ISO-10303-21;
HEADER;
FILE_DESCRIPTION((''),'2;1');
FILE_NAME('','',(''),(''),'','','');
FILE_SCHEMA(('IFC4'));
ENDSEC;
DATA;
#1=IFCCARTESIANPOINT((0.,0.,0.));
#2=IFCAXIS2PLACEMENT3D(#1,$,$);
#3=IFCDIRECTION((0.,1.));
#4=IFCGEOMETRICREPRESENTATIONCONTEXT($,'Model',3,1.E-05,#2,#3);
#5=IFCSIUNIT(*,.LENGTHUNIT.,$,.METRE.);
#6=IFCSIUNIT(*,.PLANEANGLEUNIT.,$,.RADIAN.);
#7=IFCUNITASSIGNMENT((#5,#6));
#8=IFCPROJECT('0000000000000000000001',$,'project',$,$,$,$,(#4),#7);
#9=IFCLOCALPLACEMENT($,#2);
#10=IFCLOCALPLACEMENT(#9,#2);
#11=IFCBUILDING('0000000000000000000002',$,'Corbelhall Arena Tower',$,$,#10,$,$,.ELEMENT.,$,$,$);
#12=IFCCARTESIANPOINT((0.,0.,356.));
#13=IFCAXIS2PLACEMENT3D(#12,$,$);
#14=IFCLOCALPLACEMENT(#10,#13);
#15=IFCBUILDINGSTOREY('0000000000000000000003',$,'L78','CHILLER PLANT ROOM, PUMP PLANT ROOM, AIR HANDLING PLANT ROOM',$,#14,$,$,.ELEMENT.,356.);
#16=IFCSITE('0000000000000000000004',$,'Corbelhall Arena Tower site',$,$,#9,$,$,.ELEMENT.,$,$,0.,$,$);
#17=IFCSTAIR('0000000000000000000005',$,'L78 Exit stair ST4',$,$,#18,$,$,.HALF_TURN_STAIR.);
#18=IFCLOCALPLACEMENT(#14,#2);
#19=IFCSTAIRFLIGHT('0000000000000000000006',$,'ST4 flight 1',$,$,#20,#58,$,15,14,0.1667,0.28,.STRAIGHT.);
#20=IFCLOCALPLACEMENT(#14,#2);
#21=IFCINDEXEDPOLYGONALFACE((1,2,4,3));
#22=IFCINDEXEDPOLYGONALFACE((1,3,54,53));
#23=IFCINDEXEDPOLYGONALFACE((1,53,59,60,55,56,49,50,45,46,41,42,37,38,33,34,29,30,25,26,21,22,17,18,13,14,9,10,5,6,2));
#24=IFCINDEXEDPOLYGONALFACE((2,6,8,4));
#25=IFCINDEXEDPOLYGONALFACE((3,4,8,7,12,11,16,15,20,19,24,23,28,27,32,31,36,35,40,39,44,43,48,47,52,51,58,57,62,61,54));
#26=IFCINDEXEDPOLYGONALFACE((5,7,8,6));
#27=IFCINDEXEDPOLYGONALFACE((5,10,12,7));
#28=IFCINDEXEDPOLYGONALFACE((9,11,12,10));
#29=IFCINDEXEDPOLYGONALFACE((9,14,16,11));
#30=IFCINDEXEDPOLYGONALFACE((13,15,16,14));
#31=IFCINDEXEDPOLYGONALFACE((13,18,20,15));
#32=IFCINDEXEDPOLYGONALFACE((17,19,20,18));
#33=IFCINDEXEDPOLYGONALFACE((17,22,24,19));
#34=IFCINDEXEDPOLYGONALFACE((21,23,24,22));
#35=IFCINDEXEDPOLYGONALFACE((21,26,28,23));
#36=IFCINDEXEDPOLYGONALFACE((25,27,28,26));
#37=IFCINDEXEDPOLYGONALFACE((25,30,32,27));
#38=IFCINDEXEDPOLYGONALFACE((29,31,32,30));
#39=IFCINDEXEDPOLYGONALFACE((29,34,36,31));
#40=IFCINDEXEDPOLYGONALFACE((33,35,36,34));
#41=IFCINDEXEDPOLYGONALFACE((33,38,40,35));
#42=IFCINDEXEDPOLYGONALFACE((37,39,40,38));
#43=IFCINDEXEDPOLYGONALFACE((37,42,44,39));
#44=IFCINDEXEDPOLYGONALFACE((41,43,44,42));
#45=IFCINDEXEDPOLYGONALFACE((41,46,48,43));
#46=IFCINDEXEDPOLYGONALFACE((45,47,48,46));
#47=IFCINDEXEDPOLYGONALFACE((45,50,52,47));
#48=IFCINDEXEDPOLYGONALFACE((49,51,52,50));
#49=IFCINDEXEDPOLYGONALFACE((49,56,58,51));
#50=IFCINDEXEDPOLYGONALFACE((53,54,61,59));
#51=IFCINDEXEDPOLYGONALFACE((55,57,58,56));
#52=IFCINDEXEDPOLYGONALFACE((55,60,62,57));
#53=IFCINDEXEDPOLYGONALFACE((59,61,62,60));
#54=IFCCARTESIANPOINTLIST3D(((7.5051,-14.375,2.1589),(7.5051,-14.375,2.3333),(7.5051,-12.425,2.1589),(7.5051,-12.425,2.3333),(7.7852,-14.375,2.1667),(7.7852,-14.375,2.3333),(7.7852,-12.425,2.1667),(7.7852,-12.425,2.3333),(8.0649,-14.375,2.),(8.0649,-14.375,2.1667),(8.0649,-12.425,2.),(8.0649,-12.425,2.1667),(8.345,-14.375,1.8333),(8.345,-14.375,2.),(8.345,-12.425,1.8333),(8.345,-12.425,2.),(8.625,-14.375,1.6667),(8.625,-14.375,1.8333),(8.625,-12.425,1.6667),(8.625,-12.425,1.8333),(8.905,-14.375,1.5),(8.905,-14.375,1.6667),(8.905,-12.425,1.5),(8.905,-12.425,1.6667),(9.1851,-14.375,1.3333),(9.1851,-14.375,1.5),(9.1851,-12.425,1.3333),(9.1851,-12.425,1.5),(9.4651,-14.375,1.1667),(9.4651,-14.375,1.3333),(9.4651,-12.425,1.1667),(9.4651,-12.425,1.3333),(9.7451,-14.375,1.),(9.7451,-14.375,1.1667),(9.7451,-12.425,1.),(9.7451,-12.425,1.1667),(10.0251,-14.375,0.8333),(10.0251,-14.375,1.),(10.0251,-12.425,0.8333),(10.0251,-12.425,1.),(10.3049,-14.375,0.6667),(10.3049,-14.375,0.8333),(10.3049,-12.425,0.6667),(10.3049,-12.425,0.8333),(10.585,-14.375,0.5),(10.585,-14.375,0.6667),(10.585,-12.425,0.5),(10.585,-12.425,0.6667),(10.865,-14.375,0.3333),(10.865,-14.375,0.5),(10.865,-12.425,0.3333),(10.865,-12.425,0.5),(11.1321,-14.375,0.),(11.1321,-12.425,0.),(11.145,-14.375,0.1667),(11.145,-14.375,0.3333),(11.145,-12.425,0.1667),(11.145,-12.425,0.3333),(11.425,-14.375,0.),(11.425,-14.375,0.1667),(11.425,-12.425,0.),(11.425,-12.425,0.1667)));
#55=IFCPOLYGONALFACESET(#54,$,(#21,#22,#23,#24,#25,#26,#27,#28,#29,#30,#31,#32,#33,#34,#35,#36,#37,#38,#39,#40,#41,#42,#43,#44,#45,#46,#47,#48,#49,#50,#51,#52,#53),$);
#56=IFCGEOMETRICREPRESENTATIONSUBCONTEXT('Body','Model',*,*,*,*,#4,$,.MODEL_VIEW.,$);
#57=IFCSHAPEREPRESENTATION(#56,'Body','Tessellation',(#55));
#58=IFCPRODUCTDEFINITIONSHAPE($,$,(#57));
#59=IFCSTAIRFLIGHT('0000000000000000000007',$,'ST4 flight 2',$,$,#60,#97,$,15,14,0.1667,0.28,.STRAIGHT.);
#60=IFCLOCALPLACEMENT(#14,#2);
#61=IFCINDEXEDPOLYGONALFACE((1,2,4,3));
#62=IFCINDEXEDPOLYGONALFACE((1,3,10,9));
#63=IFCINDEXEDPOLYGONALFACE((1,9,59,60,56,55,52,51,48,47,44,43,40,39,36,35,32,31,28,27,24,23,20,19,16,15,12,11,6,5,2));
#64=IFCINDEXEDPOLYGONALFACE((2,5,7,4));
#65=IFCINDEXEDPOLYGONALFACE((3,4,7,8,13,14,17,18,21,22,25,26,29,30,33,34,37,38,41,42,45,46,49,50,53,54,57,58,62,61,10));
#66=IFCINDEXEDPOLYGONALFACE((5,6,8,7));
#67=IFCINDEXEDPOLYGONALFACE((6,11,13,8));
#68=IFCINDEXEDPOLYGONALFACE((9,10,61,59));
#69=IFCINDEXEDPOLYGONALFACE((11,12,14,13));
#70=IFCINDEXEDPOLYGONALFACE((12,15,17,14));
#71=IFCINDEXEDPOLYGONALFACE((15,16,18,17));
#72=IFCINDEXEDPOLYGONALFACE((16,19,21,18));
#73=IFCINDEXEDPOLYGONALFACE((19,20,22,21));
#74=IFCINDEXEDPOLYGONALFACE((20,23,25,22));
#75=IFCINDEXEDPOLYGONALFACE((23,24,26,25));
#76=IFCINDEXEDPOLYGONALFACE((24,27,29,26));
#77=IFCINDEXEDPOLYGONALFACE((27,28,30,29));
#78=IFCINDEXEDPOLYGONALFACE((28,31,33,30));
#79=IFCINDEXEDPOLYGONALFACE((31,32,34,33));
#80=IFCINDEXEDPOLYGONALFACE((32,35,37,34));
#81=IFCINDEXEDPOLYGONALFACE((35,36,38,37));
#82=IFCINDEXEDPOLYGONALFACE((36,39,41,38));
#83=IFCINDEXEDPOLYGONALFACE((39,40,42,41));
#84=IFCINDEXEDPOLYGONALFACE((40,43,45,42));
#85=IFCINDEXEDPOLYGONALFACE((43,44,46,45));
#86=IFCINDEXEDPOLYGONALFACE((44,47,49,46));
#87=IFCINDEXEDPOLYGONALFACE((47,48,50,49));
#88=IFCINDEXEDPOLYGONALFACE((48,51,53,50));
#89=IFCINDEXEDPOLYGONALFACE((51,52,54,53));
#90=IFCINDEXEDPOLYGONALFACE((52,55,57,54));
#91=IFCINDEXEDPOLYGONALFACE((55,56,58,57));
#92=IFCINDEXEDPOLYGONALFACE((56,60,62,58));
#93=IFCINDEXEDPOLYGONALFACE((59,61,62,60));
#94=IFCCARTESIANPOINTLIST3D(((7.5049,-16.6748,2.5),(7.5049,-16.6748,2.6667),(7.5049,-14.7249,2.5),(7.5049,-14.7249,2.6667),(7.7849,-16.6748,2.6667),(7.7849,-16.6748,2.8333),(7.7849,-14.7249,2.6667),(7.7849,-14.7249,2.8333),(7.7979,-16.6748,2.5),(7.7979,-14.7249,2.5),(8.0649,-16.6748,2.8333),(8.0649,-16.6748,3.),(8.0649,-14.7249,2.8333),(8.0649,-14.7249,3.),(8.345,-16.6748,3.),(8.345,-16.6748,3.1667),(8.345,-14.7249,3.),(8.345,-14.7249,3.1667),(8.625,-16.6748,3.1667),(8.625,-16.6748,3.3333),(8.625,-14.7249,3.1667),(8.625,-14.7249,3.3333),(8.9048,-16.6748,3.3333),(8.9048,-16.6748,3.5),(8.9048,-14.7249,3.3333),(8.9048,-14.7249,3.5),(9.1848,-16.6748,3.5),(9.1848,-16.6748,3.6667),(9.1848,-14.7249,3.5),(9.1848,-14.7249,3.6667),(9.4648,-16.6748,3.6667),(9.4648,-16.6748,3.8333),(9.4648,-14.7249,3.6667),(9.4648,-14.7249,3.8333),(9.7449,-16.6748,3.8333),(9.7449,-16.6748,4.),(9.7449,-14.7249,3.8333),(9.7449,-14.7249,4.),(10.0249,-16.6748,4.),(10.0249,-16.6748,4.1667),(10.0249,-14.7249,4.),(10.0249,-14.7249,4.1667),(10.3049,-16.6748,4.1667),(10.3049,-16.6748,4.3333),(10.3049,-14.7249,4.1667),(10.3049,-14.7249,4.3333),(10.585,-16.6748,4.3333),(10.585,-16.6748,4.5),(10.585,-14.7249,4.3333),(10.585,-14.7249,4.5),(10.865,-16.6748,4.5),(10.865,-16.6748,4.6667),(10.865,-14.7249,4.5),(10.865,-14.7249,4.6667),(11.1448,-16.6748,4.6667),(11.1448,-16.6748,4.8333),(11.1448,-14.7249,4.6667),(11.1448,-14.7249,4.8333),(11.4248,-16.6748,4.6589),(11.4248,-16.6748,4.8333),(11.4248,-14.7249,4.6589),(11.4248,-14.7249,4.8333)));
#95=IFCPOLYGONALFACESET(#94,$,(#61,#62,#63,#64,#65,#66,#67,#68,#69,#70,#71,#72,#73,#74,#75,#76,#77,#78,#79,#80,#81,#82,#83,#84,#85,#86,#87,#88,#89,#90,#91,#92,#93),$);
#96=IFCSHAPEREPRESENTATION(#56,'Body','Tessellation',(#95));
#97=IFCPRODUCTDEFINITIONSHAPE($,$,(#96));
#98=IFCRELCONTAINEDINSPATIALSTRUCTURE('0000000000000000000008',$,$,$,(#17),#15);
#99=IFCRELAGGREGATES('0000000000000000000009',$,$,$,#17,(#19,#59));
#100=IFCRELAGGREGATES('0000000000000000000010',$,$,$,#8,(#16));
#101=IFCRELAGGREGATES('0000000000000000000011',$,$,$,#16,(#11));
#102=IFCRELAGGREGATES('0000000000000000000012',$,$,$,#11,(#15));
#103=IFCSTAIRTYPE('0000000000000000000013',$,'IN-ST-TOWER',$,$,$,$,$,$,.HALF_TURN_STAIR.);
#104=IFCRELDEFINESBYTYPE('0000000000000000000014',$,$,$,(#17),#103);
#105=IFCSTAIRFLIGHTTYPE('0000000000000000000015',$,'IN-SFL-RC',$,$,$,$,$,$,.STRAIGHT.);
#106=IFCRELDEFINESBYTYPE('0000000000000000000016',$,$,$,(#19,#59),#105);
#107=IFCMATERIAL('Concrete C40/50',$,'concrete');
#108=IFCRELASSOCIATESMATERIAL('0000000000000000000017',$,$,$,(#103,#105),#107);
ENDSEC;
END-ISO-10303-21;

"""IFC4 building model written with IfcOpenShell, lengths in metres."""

from ifc_helpers import new_model, si_unit, direction, frame, origin, place, context, subcontext, project, spatial, polyline, outline, extrude, material, type_object, element, aggregate, save


model = new_model("IFC4")

# Units and contexts
model_context = context("Model", 3, precision=1e-05, world=origin(), true_north=direction((0.0, 1.0)))
body_context = subcontext(model_context, "Body", "Model", "MODEL_VIEW")
ifc_project = project(units=[si_unit("LENGTHUNIT", "METRE"), si_unit("PLANEANGLEUNIT", "RADIAN")], contexts=[model_context])

# Site, building, storey
site_placement = place(None, origin())
site = spatial("IfcSite", under=ifc_project, at=site_placement, Name="Corbelhall Arena Tower site", CompositionType="ELEMENT", RefElevation=0.0)
building_placement = place(site_placement, origin())
building = spatial("IfcBuilding", under=site, at=building_placement, Name="Corbelhall Arena Tower", CompositionType="ELEMENT")
storey_placement = place(building_placement, frame((0.0, 0.0, 356.0)))
storey = spatial("IfcBuildingStorey", under=building, at=storey_placement, Name="L78", Description="CHILLER PLANT ROOM, PUMP PLANT ROOM, AIR HANDLING PLANT ROOM", CompositionType="ELEMENT", Elevation=356.0)

# Shared definitions
ifc_material_1 = material(Name="Concrete C40/50", Category="concrete")

# Stair, stair flights
stair_type = type_object("IfcStairType", Name="IN-ST-TOWER", PredefinedType="HALF_TURN_STAIR", material=ifc_material_1)
stair_placement = place(storey_placement, origin())
stair = element("IfcStair", 1, at=stair_placement, inside=storey, type_object=stair_type, Name="L78 Exit stair ST4", PredefinedType="HALF_TURN_STAIR")
stair_flight_type = type_object("IfcStairFlightType", Name="IN-SFL-RC", PredefinedType="STRAIGHT", material=ifc_material_1)
stair_flight_1_placement = place(storey_placement, frame((11.425, -13.3999, 0.0), z_axis=(0.0, 0.0, 1.0), x_axis=(-1.0, 0.0, 0.0)))
stair_flight_1 = element("IfcStairFlight", 2, at=stair_flight_1_placement, type_object=stair_flight_type, Name="ST4 flight 1", NumberOfRisers=15, NumberOfTreads=14, PredefinedType="STRAIGHT", RiserHeight=0.1667, TreadLength=0.28, context=body_context, shape_type="SweptSolid", body=[
    extrude(outline(polyline([(0.0, 0.0), (0.0, 0.1667), (0.28, 0.1667), (0.28, 0.3333), (0.5601, 0.3333), (0.5601, 0.5), (0.8401, 0.5), (0.8401, 0.6667), (1.1201, 0.6667), (1.1201, 0.8333), (1.3999, 0.8333), (1.3999, 1.0), (1.6799, 1.0), (1.6799, 1.1667), (1.96, 1.1667), (1.96, 1.3333), (2.24, 1.3333), (2.24, 1.5), (2.52, 1.5), (2.52, 1.6667), (2.8, 1.6667), (2.8, 1.8333), (3.0801, 1.8333), (3.0801, 2.0), (3.3601, 2.0), (3.3601, 2.1667), (3.6399, 2.1667), (3.6399, 2.3333), (3.9199, 2.3333), (3.9199, 2.5), (3.9199, 2.1589), (0.293, 0.0), (0.0, 0.0)])), frame((0.0, 0.9751, 0.0), z_axis=(0.0, -1.0, 0.0), x_axis=(1.0, 0.0, 0.0)), (0.0, 0.0, 1.0), 1.95),
])
stair_flight_2_placement = place(storey_placement, frame((7.5049, -15.7, 2.5), z_axis=(0.0, 0.0, 1.0), x_axis=(1.0, 0.0, 0.0)))
stair_flight_2 = element("IfcStairFlight", 3, at=stair_flight_2_placement, type_object=stair_flight_type, Name="ST4 flight 2", NumberOfRisers=15, NumberOfTreads=14, PredefinedType="STRAIGHT", RiserHeight=0.1667, TreadLength=0.28, context=body_context, shape_type="SweptSolid", body=[
    extrude(outline(polyline([(0.0, 0.0), (0.0, 0.1667), (0.28, 0.1667), (0.28, 0.3333), (0.5601, 0.3333), (0.5601, 0.5), (0.8401, 0.5), (0.8401, 0.6667), (1.1201, 0.6667), (1.1201, 0.8333), (1.3999, 0.8333), (1.3999, 1.0), (1.6799, 1.0), (1.6799, 1.1667), (1.96, 1.1667), (1.96, 1.3333), (2.24, 1.3333), (2.24, 1.5), (2.52, 1.5), (2.52, 1.6667), (2.8, 1.6667), (2.8, 1.8333), (3.0801, 1.8333), (3.0801, 2.0), (3.3601, 2.0), (3.3601, 2.1667), (3.6399, 2.1667), (3.6399, 2.3333), (3.9199, 2.3333), (3.9199, 2.5), (3.9199, 2.1589), (0.293, 0.0), (0.0, 0.0)])), frame((0.0, 0.9751, 0.0), z_axis=(0.0, -1.0, 0.0), x_axis=(1.0, 0.0, 0.0)), (0.0, 0.0, 1.0), 1.95),
])
aggregate(stair, [stair_flight_1, stair_flight_2])

save(model, "model.ifc")
